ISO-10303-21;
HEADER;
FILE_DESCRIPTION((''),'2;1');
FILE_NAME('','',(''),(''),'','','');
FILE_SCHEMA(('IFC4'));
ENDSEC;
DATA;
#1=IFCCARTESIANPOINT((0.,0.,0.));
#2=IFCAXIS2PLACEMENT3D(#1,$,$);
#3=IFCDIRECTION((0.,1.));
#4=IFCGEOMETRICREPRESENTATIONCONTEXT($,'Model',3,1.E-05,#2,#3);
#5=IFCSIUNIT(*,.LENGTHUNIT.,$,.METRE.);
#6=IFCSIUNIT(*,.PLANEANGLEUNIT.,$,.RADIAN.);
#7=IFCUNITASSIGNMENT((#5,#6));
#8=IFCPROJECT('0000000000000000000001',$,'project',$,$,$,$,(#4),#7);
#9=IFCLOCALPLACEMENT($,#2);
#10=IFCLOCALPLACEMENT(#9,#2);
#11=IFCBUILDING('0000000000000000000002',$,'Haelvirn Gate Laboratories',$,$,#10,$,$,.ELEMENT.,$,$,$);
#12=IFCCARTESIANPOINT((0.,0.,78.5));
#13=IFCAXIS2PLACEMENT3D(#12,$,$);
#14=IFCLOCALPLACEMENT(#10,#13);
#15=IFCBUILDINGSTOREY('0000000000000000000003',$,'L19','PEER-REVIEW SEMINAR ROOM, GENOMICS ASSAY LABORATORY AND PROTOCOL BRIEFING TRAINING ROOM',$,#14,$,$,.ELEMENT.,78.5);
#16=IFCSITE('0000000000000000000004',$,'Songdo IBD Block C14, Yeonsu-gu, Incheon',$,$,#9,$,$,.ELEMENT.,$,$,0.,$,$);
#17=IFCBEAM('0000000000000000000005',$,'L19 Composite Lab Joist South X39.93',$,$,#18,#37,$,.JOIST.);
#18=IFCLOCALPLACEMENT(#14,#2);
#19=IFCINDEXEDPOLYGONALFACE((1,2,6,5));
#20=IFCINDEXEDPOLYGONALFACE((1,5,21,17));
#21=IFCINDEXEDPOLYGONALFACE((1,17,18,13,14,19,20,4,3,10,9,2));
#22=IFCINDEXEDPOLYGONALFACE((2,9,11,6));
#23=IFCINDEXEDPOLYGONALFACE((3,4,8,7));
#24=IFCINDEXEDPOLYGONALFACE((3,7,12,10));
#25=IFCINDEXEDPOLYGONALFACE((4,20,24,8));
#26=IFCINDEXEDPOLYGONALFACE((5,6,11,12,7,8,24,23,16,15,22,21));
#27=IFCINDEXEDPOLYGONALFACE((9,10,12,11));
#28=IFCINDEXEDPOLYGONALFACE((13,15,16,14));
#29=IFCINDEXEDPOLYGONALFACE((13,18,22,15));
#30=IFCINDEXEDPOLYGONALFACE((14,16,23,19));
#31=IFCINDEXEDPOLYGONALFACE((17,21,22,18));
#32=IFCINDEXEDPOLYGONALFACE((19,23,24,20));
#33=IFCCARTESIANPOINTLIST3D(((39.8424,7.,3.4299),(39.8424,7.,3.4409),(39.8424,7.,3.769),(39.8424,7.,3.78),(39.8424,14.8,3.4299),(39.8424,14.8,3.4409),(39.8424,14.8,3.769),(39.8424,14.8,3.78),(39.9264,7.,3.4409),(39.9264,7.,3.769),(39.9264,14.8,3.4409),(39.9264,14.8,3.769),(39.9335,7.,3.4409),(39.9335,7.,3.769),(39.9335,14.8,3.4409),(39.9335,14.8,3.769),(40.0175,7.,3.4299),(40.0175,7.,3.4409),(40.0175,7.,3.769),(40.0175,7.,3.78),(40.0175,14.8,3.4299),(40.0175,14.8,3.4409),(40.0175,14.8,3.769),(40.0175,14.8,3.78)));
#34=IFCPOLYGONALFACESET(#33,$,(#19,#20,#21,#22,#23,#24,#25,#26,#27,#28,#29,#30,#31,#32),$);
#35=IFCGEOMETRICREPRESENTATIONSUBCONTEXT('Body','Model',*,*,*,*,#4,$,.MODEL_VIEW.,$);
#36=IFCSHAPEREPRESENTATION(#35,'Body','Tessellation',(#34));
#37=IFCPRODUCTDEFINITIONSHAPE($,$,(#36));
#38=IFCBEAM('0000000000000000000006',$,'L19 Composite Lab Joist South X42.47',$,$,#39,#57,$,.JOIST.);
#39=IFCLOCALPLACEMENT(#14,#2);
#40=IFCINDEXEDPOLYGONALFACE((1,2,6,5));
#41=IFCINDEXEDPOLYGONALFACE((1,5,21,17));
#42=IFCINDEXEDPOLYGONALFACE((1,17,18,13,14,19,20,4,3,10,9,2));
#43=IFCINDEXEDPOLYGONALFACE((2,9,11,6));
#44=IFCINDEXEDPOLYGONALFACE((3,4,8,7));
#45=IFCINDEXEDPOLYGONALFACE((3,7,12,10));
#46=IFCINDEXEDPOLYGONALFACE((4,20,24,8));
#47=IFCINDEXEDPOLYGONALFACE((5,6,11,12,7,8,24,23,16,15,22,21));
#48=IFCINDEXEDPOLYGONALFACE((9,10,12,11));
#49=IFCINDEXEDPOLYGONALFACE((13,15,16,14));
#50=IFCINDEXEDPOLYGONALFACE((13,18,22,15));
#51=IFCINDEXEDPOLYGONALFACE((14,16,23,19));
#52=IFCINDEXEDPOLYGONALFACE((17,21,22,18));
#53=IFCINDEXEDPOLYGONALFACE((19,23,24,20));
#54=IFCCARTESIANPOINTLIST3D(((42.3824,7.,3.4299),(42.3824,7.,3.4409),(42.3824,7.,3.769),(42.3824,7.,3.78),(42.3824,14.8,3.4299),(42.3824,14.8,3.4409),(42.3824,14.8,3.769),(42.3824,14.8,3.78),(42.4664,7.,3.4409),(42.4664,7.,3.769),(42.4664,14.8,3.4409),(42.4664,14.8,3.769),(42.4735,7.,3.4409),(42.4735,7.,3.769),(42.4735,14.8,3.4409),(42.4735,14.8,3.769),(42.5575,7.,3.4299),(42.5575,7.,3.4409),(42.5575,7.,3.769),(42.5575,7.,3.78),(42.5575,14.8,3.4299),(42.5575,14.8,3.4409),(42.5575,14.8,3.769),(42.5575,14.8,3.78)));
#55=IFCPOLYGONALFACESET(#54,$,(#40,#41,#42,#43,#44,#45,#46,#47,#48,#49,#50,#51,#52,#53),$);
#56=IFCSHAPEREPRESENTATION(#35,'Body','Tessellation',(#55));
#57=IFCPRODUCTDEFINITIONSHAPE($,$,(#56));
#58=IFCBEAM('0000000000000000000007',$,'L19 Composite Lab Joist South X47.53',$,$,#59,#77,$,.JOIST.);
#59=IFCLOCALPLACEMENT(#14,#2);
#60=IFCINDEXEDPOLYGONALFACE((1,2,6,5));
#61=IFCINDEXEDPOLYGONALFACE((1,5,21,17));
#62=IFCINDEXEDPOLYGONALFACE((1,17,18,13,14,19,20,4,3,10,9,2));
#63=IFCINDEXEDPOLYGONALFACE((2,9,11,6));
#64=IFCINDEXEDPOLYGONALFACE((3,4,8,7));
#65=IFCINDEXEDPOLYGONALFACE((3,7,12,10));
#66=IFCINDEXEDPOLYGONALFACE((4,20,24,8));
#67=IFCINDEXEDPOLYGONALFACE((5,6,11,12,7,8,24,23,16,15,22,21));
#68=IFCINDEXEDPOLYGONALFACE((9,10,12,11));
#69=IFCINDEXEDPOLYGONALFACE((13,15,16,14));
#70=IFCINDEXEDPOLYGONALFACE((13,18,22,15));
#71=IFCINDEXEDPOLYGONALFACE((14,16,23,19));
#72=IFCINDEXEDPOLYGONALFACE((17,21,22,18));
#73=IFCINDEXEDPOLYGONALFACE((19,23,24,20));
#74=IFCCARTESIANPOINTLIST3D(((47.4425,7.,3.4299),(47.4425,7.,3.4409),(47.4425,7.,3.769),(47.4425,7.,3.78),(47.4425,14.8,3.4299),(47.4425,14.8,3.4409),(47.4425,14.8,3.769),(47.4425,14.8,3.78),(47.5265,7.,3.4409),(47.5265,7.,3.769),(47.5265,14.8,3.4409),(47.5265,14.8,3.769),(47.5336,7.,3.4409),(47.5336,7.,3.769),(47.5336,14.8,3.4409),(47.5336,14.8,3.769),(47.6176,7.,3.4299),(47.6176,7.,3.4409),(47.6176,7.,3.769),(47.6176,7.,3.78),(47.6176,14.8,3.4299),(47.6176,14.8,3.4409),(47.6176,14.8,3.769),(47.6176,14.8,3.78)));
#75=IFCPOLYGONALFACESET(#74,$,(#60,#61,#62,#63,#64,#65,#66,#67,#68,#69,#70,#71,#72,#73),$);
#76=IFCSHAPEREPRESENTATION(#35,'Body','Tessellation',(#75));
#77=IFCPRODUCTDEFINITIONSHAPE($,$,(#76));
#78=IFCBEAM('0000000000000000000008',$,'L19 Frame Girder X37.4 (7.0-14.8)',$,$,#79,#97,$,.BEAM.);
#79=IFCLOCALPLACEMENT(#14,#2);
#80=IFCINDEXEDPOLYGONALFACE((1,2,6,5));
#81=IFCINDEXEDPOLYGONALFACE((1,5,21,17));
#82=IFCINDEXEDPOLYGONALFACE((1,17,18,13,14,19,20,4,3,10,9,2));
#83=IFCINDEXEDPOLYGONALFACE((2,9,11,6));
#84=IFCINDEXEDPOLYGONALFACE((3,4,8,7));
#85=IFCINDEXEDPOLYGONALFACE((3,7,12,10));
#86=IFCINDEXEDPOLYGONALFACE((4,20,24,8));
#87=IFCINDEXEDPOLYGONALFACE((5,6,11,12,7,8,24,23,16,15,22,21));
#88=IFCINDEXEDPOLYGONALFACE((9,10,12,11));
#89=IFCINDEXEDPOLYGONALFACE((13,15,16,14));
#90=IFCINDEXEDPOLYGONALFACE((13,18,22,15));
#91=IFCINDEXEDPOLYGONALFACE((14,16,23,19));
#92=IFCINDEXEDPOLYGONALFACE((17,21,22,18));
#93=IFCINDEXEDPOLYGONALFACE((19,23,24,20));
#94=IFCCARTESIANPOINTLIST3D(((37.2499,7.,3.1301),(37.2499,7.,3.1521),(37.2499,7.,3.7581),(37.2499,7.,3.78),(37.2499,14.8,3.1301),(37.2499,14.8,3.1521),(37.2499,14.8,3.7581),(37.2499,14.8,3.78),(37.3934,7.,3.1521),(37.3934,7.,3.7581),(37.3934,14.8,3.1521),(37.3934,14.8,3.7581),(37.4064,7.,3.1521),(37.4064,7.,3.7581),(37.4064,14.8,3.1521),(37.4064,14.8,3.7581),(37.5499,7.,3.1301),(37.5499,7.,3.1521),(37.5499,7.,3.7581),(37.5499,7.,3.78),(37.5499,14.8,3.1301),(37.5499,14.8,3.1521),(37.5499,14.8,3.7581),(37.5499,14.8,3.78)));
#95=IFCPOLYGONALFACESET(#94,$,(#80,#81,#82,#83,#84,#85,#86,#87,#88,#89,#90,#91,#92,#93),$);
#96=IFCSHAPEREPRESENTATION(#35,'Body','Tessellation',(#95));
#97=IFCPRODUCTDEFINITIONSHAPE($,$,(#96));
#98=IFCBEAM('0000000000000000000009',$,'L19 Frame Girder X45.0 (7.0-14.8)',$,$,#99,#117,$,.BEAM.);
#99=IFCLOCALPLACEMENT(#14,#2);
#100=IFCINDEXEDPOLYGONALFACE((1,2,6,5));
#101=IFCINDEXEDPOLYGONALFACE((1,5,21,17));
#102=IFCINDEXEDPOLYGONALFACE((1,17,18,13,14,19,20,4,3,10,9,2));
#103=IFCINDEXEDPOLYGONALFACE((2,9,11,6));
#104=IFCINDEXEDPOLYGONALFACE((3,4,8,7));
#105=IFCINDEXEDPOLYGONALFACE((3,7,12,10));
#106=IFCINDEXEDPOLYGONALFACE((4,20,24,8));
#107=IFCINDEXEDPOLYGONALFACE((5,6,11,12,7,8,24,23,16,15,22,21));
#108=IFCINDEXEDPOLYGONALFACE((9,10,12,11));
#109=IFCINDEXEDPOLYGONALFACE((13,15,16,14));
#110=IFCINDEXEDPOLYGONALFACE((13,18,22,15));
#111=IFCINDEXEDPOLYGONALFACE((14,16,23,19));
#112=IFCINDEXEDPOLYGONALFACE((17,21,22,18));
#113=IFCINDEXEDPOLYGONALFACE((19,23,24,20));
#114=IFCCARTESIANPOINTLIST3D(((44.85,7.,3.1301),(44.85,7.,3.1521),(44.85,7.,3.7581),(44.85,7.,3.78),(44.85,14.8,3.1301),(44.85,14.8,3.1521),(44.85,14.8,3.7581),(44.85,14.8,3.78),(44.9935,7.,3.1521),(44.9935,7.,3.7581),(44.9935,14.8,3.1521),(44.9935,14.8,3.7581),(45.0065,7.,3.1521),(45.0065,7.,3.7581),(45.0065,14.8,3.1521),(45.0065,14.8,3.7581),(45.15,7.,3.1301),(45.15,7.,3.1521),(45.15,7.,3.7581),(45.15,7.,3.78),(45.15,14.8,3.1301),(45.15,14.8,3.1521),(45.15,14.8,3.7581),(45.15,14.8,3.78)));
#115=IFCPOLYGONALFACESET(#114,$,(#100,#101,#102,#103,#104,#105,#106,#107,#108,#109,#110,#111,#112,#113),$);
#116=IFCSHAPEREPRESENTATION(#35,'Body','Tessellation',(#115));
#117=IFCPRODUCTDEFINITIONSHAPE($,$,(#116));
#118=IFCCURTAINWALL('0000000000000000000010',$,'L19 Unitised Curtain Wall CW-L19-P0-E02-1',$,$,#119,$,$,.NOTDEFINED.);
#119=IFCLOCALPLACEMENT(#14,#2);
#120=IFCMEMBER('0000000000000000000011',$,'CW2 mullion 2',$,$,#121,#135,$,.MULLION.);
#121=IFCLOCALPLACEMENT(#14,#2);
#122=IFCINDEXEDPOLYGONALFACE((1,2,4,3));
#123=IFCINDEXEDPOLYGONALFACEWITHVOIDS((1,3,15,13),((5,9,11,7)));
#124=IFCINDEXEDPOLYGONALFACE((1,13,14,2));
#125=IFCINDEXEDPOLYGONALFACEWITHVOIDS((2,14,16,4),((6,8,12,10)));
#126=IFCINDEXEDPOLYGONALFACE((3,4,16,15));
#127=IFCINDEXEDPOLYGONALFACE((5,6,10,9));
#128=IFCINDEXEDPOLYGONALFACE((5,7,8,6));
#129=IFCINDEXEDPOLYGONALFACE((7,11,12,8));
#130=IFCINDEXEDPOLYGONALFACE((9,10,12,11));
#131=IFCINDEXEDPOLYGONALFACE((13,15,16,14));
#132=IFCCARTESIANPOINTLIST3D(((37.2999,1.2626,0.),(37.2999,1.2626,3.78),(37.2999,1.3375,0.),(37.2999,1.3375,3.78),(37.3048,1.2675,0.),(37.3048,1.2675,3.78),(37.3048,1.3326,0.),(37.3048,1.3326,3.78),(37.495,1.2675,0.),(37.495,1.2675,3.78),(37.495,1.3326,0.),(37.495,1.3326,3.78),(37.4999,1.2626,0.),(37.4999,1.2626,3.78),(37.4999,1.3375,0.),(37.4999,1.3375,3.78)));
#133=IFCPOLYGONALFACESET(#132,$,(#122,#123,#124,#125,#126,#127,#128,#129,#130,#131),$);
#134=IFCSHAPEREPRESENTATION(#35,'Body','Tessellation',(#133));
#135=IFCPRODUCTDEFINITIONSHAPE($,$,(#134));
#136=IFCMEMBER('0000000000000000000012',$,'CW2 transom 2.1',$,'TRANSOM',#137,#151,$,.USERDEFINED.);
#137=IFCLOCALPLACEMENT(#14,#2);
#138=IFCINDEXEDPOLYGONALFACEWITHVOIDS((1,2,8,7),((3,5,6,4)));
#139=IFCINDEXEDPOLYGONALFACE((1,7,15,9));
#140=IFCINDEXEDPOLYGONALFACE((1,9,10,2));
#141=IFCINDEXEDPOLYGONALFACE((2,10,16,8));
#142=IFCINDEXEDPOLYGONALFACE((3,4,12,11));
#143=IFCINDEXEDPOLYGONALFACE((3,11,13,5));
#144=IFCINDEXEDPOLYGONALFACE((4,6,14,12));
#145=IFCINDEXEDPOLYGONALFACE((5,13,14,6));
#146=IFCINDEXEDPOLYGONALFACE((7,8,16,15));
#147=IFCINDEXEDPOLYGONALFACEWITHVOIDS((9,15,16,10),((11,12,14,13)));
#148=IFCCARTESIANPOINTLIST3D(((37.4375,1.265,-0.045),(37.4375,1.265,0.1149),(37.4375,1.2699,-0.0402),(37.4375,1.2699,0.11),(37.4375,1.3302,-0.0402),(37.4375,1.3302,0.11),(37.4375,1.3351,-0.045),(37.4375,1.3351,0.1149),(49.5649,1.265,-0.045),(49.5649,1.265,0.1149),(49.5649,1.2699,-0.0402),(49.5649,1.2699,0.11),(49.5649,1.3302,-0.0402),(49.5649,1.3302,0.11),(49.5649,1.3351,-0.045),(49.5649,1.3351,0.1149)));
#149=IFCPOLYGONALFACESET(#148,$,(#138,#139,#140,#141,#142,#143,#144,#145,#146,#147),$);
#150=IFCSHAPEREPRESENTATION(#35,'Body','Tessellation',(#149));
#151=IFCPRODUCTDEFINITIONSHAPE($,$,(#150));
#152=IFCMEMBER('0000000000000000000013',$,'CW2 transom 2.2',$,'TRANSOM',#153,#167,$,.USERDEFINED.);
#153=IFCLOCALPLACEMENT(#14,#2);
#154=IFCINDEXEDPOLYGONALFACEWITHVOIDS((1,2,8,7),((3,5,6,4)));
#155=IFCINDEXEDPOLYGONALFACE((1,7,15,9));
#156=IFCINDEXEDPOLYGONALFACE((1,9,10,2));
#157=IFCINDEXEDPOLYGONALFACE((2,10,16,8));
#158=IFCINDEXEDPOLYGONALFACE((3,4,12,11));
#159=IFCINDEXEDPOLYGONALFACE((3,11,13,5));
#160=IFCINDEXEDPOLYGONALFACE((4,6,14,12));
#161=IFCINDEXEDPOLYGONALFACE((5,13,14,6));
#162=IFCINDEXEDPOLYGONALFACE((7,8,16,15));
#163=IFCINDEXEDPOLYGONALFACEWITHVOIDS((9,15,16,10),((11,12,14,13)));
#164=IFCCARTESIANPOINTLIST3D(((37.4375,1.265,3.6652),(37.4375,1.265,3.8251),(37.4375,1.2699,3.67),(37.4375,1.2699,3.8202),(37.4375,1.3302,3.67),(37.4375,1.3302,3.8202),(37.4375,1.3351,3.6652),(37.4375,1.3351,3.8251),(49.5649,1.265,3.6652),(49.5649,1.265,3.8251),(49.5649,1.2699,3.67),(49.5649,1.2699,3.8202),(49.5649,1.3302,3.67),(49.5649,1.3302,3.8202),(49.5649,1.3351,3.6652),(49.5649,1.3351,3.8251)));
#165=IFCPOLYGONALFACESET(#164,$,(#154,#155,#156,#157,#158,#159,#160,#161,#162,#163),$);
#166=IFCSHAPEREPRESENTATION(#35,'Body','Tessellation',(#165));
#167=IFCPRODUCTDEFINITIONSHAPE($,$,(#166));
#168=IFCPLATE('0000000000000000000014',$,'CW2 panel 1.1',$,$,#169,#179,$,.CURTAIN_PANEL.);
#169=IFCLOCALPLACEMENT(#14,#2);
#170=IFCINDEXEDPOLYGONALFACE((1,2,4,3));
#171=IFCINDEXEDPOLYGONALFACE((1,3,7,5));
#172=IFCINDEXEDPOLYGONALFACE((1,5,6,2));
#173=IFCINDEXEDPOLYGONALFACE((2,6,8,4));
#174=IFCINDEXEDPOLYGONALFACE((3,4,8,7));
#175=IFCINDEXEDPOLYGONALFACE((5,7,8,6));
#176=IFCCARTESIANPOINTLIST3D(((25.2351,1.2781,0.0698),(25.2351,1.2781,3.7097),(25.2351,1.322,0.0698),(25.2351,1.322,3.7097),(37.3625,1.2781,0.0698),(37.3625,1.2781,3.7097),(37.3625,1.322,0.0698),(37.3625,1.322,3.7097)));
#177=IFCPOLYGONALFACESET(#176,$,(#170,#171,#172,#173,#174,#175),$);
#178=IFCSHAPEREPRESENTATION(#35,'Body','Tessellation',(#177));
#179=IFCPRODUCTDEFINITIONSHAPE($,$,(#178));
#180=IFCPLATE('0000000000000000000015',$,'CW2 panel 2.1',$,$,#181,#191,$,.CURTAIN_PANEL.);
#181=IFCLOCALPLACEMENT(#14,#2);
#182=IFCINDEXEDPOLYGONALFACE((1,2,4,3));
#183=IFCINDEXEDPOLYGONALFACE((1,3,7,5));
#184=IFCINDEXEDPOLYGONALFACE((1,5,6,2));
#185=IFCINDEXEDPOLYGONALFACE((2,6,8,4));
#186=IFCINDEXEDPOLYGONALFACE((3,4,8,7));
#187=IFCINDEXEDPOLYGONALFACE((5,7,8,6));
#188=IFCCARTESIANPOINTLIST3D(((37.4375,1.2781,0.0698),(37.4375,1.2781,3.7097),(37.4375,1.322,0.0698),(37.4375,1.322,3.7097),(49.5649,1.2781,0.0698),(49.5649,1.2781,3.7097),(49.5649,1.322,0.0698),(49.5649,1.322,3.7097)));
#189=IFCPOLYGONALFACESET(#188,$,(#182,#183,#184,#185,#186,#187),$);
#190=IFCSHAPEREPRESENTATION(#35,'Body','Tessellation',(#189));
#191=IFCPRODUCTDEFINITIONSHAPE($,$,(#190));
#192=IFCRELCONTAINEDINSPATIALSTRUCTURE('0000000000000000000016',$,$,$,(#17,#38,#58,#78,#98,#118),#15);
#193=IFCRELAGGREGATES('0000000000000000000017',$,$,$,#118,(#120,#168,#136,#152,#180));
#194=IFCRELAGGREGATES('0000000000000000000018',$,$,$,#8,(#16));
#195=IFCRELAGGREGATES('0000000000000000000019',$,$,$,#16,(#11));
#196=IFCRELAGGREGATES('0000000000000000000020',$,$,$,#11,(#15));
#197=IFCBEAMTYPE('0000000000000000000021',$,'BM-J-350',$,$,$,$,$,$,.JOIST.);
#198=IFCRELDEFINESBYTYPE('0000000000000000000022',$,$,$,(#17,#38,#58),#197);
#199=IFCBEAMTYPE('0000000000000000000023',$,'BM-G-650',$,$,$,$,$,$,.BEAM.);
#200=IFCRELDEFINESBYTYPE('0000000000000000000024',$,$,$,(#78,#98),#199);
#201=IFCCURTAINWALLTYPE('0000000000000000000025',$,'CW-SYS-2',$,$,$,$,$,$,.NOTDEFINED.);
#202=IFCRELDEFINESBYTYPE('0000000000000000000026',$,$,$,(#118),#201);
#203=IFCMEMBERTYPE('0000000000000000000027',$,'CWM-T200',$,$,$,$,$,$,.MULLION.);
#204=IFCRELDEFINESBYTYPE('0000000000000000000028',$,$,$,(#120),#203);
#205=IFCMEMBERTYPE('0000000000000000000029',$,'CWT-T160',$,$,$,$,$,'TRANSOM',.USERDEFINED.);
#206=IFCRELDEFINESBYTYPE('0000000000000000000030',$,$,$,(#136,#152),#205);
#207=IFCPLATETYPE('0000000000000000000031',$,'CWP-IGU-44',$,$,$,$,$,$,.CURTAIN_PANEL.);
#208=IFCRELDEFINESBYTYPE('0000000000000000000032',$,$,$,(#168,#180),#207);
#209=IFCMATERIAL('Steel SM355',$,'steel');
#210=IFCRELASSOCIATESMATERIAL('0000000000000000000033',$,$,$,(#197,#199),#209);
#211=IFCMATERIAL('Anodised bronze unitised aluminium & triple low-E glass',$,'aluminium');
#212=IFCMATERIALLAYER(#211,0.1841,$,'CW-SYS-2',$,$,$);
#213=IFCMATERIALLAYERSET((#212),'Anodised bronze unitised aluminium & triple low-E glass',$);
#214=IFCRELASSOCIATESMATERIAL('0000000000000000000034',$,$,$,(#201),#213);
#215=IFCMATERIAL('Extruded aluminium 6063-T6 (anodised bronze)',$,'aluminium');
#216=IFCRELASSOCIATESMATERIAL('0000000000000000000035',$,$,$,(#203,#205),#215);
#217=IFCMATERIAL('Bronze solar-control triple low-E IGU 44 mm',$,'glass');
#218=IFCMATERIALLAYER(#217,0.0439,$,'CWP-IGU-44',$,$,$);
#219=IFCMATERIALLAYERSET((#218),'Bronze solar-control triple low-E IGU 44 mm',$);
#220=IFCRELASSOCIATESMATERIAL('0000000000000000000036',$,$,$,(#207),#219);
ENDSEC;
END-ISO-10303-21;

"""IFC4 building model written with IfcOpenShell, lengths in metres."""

from ifc_helpers import new_model, si_unit, direction, frame, origin, origin_2d, place, context, subcontext, project, spatial, rectangle, hollow_rectangle, i_section, extrude, source, transform, mapped, material, layer, layer_set, material_profile, profile_set, type_object, type_shapes, element, aggregate, save


model = new_model("IFC4")

# Units and contexts
model_context = context("Model", 3, precision=1e-05, world=origin(), true_north=direction((0.0, 1.0)))
body_context = subcontext(model_context, "Body", "Model", "MODEL_VIEW")
ifc_project = project(units=[si_unit("LENGTHUNIT", "METRE"), si_unit("PLANEANGLEUNIT", "RADIAN")], contexts=[model_context])

# Site, building, storey
site_placement = place(None, origin())
site = spatial("IfcSite", under=ifc_project, at=site_placement, Name="Songdo IBD Block C14, Yeonsu-gu, Incheon", CompositionType="ELEMENT", RefElevation=0.0)
building_placement = place(site_placement, origin())
building = spatial("IfcBuilding", under=site, at=building_placement, Name="Haelvirn Gate Laboratories", CompositionType="ELEMENT")
storey_placement = place(building_placement, frame((0.0, 0.0, 78.5)))
storey = spatial("IfcBuildingStorey", under=building, at=storey_placement, Name="L19", Description="PEER-REVIEW SEMINAR ROOM, GENOMICS ASSAY LABORATORY AND PROTOCOL BRIEFING TRAINING ROOM", CompositionType="ELEMENT", Elevation=78.5)

# Beams
ifc_material_1 = material(Name="Steel SM355", Category="steel")
ifc_material_profile_1 = material_profile(ifc_material_1, i_section(OverallWidth=0.175, OverallDepth=0.3501, WebThickness=0.0071, FlangeThickness=0.011, at=origin_2d()), Name="H-350x175x7x11")
ifc_profile_set_1 = profile_set([ifc_material_profile_1], Name="Steel SM355")
beam_type_1 = type_object("IfcBeamType", Name="BM-J-350", PredefinedType="JOIST", material=ifc_profile_set_1)
shared_shape_1 = source(origin(), body_context, "Body", "SweptSolid", [
    extrude(i_section(OverallWidth=0.175, OverallDepth=0.3501, WebThickness=0.0071, FlangeThickness=0.011, at=origin_2d()), origin(), (0.0, 0.0, 1.0), 7.8),
])
type_shapes(beam_type_1, [shared_shape_1])
for number, where, z_axis, x_axis, name in (
    (1, (39.9299, 7.0, 3.605), (0.0, 1.0, 0.0), (-1.0, 0.0, 0.0), "L19 Composite Lab Joist South X39.93"),
    (2, (42.47, 7.0, 3.605), (0.0, 1.0, 0.0), (-1.0, 0.0, 0.0), "L19 Composite Lab Joist South X42.47"),
    (3, (47.53, 7.0, 3.605), (0.0, 1.0, 0.0), (-1.0, 0.0, 0.0), "L19 Composite Lab Joist South X47.53"),
):
    element("IfcBeam", number, at=place(storey_placement, frame(where, z_axis=z_axis, x_axis=x_axis)), inside=storey, type_object=beam_type_1, Name=name, PredefinedType="JOIST", context=body_context, shape_type="MappedRepresentation", body=[
        mapped(shared_shape_1, transform((0.0, 0.0, 0.0), scale=1.0)),
    ])
ifc_material_profile_2 = material_profile(ifc_material_1, i_section(OverallWidth=0.3, OverallDepth=0.6499, WebThickness=0.0129, FlangeThickness=0.022, at=origin_2d()), Name="H-650x300x13x22")
ifc_profile_set_2 = profile_set([ifc_material_profile_2], Name="Steel SM355")
beam_type_2 = type_object("IfcBeamType", Name="BM-G-650", PredefinedType="BEAM", material=ifc_profile_set_2)
shared_shape_2 = source(origin(), body_context, "Body", "SweptSolid", [
    extrude(i_section(OverallWidth=0.3, OverallDepth=0.6499, WebThickness=0.0129, FlangeThickness=0.022, at=origin_2d()), origin(), (0.0, 0.0, 1.0), 7.8),
])
type_shapes(beam_type_2, [shared_shape_2])
for number, where, z_axis, x_axis, name in (
    (4, (37.3999, 7.0, 3.4551), (0.0, 1.0, 0.0), (-1.0, 0.0, 0.0), "L19 Frame Girder X37.4 (7.0-14.8)"),
    (5, (45.0, 7.0, 3.4551), (0.0, 1.0, 0.0), (-1.0, 0.0, 0.0), "L19 Frame Girder X45.0 (7.0-14.8)"),
):
    element("IfcBeam", number, at=place(storey_placement, frame(where, z_axis=z_axis, x_axis=x_axis)), inside=storey, type_object=beam_type_2, Name=name, PredefinedType="BEAM", context=body_context, shape_type="MappedRepresentation", body=[
        mapped(shared_shape_2, transform((0.0, 0.0, 0.0), scale=1.0)),
    ])

# Curtain wall, members, plates
ifc_material_2 = material(Name="Anodised bronze unitised aluminium & triple low-E glass", Category="aluminium")
ifc_layer_1 = layer(ifc_material_2, 0.1841, Name="CW-SYS-2")
ifc_layer_set_1 = layer_set([ifc_layer_1], Name="Anodised bronze unitised aluminium & triple low-E glass")
curtain_wall_type = type_object("IfcCurtainWallType", Name="CW-SYS-2", PredefinedType="NOTDEFINED", material=ifc_layer_set_1)
curtain_wall_placement = place(storey_placement, origin())
curtain_wall = element("IfcCurtainWall", 6, at=curtain_wall_placement, inside=storey, type_object=curtain_wall_type, Name="L19 Unitised Curtain Wall CW-L19-P0-E02-1", PredefinedType="NOTDEFINED")
ifc_material_3 = material(Name="Extruded aluminium 6063-T6 (anodised bronze)", Category="aluminium")
ifc_material_profile_3 = material_profile(ifc_material_3, hollow_rectangle(XDim=0.075, YDim=0.2, WallThickness=0.0049, at=origin_2d()), Name="CWM-200x75x5")
ifc_profile_set_3 = profile_set([ifc_material_profile_3], Name="Extruded aluminium 6063-T6 (anodised bronze)")
member_type_1 = type_object("IfcMemberType", Name="CWM-T200", PredefinedType="MULLION", material=ifc_profile_set_3)
shared_shape_3 = source(origin(), body_context, "Body", "SweptSolid", [
    extrude(hollow_rectangle(XDim=0.075, YDim=0.2, WallThickness=0.0049, at=origin_2d()), origin(), (0.0, 0.0, 1.0), 3.78),
])
type_shapes(member_type_1, [shared_shape_3])
member_1_placement = place(storey_placement, frame((37.3999, 1.3, 0.0), z_axis=(0.0, 0.0, 1.0), x_axis=(0.0, 1.0, 0.0)))
member_1 = element("IfcMember", 7, at=member_1_placement, type_object=member_type_1, Name="CW2 mullion 2", PredefinedType="MULLION", context=body_context, shape_type="MappedRepresentation", body=[
    mapped(shared_shape_3, transform((0.0, 0.0, 0.0), scale=1.0)),
])
ifc_material_profile_4 = material_profile(ifc_material_3, hollow_rectangle(XDim=0.0701, YDim=0.1599, WallThickness=0.0049, at=origin_2d()), Name="CWT-160x70x5")
ifc_profile_set_4 = profile_set([ifc_material_profile_4], Name="Extruded aluminium 6063-T6 (anodised bronze)")
member_type_2 = type_object("IfcMemberType", Name="CWT-T160", ElementType="TRANSOM", PredefinedType="USERDEFINED", material=ifc_profile_set_4)
shared_shape_4 = source(origin(), body_context, "Body", "SweptSolid", [
    extrude(hollow_rectangle(XDim=0.0701, YDim=0.1599, WallThickness=0.0049, at=origin_2d()), origin(), (0.0, 0.0, 1.0), 12.1274),
])
type_shapes(member_type_2, [shared_shape_4])
member_2_placement = place(storey_placement, frame((37.4375, 1.3, 0.0349), z_axis=(1.0, 0.0, 0.0), x_axis=(0.0, 1.0, 0.0)))
member_2 = element("IfcMember", 8, at=member_2_placement, type_object=member_type_2, Name="CW2 transom 2.1", ObjectType="TRANSOM", PredefinedType="USERDEFINED", context=body_context, shape_type="MappedRepresentation", body=[
    mapped(shared_shape_4, transform((0.0, 0.0, 0.0), scale=1.0)),
])
member_3_placement = place(storey_placement, frame((37.4375, 1.3, 3.7451), z_axis=(1.0, 0.0, 0.0), x_axis=(0.0, 1.0, 0.0)))
member_3 = element("IfcMember", 9, at=member_3_placement, type_object=member_type_2, Name="CW2 transom 2.2", ObjectType="TRANSOM", PredefinedType="USERDEFINED", context=body_context, shape_type="MappedRepresentation", body=[
    mapped(shared_shape_4, transform((0.0, 0.0, 0.0), scale=1.0)),
])
ifc_material_4 = material(Name="Bronze solar-control triple low-E IGU 44 mm", Category="glass")
ifc_layer_2 = layer(ifc_material_4, 0.0439, Name="CWP-IGU-44")
ifc_layer_set_2 = layer_set([ifc_layer_2], Name="Bronze solar-control triple low-E IGU 44 mm")
plate_type = type_object("IfcPlateType", Name="CWP-IGU-44", PredefinedType="CURTAIN_PANEL", material=ifc_layer_set_2)
shared_shape_5 = source(origin(), body_context, "Body", "SweptSolid", [
    extrude(rectangle(XDim=12.1274, YDim=0.0439, at=origin_2d()), origin(), (0.0, 0.0, 1.0), 3.6399),
])
type_shapes(plate_type, [shared_shape_5])
plate_1_placement = place(storey_placement, frame((31.2988, 1.3, 0.0698), z_axis=(0.0, 0.0, 1.0), x_axis=(1.0, 0.0, 0.0)))
plate_1 = element("IfcPlate", 10, at=plate_1_placement, type_object=plate_type, Name="CW2 panel 1.1", PredefinedType="CURTAIN_PANEL", context=body_context, shape_type="MappedRepresentation", body=[
    mapped(shared_shape_5, transform((0.0, 0.0, 0.0), scale=1.0)),
])
plate_2_placement = place(storey_placement, frame((43.5012, 1.3, 0.0698), z_axis=(0.0, 0.0, 1.0), x_axis=(1.0, 0.0, 0.0)))
plate_2 = element("IfcPlate", 11, at=plate_2_placement, type_object=plate_type, Name="CW2 panel 2.1", PredefinedType="CURTAIN_PANEL", context=body_context, shape_type="MappedRepresentation", body=[
    mapped(shared_shape_5, transform((0.0, 0.0, 0.0), scale=1.0)),
])
aggregate(curtain_wall, [member_1, plate_1, member_2, member_3, plate_2])

save(model, "model.ifc")
